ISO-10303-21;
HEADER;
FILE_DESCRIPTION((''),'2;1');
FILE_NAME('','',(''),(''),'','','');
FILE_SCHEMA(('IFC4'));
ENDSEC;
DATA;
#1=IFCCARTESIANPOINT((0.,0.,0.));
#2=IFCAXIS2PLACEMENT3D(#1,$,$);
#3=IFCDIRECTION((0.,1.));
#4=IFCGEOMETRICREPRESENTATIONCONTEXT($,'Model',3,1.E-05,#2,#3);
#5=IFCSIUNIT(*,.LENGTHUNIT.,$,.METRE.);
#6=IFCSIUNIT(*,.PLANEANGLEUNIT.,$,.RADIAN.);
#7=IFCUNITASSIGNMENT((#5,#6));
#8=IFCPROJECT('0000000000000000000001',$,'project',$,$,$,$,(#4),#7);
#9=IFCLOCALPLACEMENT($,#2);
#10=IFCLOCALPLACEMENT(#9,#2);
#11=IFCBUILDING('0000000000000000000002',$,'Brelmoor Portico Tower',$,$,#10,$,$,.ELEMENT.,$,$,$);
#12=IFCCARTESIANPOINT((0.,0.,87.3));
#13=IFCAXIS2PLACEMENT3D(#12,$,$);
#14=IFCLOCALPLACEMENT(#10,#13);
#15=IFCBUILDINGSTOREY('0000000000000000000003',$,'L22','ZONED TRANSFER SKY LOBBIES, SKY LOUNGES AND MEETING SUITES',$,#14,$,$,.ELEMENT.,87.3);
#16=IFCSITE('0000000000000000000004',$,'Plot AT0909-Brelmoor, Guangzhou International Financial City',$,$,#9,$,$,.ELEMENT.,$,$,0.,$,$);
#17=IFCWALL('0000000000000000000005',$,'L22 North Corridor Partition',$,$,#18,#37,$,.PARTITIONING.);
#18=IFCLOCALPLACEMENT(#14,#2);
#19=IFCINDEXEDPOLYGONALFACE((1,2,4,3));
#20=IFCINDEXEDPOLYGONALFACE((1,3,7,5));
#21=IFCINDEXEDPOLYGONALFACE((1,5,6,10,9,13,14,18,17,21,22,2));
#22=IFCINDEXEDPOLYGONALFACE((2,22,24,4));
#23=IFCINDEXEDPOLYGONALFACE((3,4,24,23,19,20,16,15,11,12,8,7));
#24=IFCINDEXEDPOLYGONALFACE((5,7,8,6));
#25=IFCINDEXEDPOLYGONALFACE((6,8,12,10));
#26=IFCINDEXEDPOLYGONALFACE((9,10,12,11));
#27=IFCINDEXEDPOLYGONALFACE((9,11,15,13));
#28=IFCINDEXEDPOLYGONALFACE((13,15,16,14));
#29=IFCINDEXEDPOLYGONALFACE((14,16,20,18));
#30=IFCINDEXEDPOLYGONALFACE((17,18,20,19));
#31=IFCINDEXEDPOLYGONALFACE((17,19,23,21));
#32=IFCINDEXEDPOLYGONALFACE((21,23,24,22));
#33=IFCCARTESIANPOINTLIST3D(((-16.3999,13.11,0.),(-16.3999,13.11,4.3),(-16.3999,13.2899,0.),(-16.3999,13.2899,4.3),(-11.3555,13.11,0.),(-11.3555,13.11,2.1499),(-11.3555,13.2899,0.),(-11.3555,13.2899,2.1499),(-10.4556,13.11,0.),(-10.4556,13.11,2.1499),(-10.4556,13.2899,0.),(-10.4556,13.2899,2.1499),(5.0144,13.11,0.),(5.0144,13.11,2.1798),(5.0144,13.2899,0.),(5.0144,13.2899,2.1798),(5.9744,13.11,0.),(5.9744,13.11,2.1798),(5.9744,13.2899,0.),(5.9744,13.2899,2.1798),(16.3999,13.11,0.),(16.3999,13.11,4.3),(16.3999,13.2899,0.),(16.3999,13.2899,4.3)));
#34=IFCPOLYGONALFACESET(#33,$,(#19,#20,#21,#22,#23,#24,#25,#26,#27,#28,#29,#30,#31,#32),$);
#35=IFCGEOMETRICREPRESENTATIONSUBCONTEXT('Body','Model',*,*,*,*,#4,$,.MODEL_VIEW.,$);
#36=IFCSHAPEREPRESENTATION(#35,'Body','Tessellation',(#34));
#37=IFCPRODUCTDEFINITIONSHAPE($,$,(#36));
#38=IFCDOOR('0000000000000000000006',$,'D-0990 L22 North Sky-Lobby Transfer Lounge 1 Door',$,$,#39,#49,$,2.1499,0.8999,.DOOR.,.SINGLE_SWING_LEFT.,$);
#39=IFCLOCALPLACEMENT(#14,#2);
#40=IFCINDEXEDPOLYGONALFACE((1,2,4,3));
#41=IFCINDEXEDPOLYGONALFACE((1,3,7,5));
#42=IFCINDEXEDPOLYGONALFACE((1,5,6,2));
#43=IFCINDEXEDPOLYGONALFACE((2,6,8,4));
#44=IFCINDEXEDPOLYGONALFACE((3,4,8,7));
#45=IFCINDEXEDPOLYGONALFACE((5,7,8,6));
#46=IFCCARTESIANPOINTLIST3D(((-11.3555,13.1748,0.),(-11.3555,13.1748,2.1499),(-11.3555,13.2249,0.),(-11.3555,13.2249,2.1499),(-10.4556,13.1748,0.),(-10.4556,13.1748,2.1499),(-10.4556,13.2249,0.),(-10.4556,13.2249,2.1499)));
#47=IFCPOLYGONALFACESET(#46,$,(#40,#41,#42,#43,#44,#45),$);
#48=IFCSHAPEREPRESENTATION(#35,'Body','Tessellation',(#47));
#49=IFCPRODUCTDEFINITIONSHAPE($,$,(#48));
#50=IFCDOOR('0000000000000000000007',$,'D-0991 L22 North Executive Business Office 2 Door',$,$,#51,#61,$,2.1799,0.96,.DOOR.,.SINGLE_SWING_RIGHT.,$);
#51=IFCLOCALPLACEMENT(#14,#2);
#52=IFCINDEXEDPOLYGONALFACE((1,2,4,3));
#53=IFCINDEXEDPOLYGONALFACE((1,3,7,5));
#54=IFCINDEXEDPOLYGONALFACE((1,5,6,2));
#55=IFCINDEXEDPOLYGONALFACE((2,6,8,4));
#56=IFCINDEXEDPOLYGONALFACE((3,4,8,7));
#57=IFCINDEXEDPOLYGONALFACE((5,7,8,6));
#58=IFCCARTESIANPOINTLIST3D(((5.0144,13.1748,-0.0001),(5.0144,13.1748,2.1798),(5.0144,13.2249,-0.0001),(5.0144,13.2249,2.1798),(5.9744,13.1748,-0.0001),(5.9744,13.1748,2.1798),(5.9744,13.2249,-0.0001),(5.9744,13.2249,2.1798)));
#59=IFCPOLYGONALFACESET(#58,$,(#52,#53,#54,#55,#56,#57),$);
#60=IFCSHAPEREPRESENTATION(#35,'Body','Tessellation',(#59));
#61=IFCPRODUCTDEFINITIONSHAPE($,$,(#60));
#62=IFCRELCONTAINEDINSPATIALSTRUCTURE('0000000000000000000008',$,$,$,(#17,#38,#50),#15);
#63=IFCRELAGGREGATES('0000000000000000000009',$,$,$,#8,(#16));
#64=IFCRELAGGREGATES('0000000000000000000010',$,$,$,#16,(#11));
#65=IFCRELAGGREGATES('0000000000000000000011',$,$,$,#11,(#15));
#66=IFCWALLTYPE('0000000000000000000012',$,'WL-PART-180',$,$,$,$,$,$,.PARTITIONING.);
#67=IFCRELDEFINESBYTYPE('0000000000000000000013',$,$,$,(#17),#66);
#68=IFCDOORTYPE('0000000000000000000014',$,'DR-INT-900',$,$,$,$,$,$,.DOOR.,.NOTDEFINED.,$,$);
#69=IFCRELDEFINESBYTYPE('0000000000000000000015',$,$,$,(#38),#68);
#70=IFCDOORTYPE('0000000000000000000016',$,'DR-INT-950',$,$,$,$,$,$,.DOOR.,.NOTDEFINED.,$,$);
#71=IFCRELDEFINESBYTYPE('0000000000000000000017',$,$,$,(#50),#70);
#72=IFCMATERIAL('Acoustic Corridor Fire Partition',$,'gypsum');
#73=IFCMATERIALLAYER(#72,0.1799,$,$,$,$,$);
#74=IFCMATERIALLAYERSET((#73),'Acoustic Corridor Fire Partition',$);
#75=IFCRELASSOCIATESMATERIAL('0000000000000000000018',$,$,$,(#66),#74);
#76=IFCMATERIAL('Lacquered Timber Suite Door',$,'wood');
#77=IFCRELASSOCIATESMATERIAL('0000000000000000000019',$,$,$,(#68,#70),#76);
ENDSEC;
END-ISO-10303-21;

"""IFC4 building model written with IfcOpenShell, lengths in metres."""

from ifc_helpers import new_model, si_unit, direction, frame, frame_2d, origin, place, context, subcontext, project, spatial, rectangle, extrude, material, layer, layer_set, type_object, element, fill, save


model = new_model("IFC4")

# Units and contexts
model_context = context("Model", 3, precision=1e-05, world=origin(), true_north=direction((0.0, 1.0)))
body_context = subcontext(model_context, "Body", "Model", "MODEL_VIEW")
ifc_project = project(units=[si_unit("LENGTHUNIT", "METRE"), si_unit("PLANEANGLEUNIT", "RADIAN")], contexts=[model_context])

# Site, building, storey
site_placement = place(None, origin())
site = spatial("IfcSite", under=ifc_project, at=site_placement, Name="Plot AT0909-Brelmoor, Guangzhou International Financial City", CompositionType="ELEMENT", RefElevation=0.0)
building_placement = place(site_placement, origin())
building = spatial("IfcBuilding", under=site, at=building_placement, Name="Brelmoor Portico Tower", CompositionType="ELEMENT")
storey_placement = place(building_placement, frame((0.0, 0.0, 87.3)))
storey = spatial("IfcBuildingStorey", under=building, at=storey_placement, Name="L22", Description="ZONED TRANSFER SKY LOBBIES, SKY LOUNGES AND MEETING SUITES", CompositionType="ELEMENT", Elevation=87.3)

# Wall, openings, doors
ifc_material_1 = material(Name="Acoustic Corridor Fire Partition", Category="gypsum")
ifc_layer_1 = layer(ifc_material_1, 0.1799)
ifc_layer_set_1 = layer_set([ifc_layer_1], Name="Acoustic Corridor Fire Partition")
wall_type = type_object("IfcWallType", Name="WL-PART-180", PredefinedType="PARTITIONING", material=ifc_layer_set_1)
wall_placement = place(storey_placement, frame((-16.3999, 13.2, 0.0), z_axis=(0.0, 0.0, 1.0), x_axis=(1.0, 0.0, 0.0)))
wall = element("IfcWall", 1, at=wall_placement, inside=storey, type_object=wall_type, Name="L22 North Corridor Partition", PredefinedType="PARTITIONING", context=body_context, shape_type="SweptSolid", body=[
    extrude(rectangle(XDim=32.7998, YDim=0.1799, at=frame_2d((16.3999, 0.0))), origin(), (0.0, 0.0, 1.0), 4.3),
])
opening_1_placement = place(wall_placement, frame((5.0444, 0.0, 0.0)))
opening_1 = element("IfcOpeningElement", 2, at=opening_1_placement, cuts=wall, PredefinedType="OPENING", context=body_context, shape_type="SweptSolid", body=[
    extrude(rectangle(XDim=0.8999, YDim=2.1499, at=frame_2d((0.45, 1.075))), frame((0.0, 0.0999, 0.0), z_axis=(0.0, -1.0, 0.0), x_axis=(1.0, 0.0, 0.0)), (0.0, 0.0, 1.0), 0.2),
])
opening_2_placement = place(wall_placement, frame((21.4143, 0.0, 0.0)))
opening_2 = element("IfcOpeningElement", 3, at=opening_2_placement, cuts=wall, PredefinedType="OPENING", context=body_context, shape_type="SweptSolid", body=[
    extrude(rectangle(XDim=0.96, YDim=2.1799, at=frame_2d((0.48, 1.0898))), frame((0.0, 0.0999, 0.0), z_axis=(0.0, -1.0, 0.0), x_axis=(1.0, 0.0, 0.0)), (0.0, 0.0, 1.0), 0.2),
])
ifc_material_2 = material(Name="Lacquered Timber Suite Door", Category="wood")
door_type_1 = type_object("IfcDoorType", Name="DR-INT-900", OperationType="NOTDEFINED", PredefinedType="DOOR", material=ifc_material_2)
door_1_placement = place(opening_1_placement, origin())
door_1 = element("IfcDoor", 4, at=door_1_placement, inside=storey, type_object=door_type_1, Name="D-0990 L22 North Sky-Lobby Transfer Lounge 1 Door", OperationType="SINGLE_SWING_LEFT", OverallHeight=2.1499, OverallWidth=0.8999, PredefinedType="DOOR", context=body_context, shape_type="SweptSolid", body=[
    extrude(rectangle(XDim=0.8999, YDim=2.1499, at=frame_2d((0.45, 1.075))), frame((0.0, 0.0249, 0.0), z_axis=(0.0, -1.0, 0.0), x_axis=(1.0, 0.0, 0.0)), (0.0, 0.0, 1.0), 0.05),
])
fill(opening_1, door_1)
door_type_2 = type_object("IfcDoorType", Name="DR-INT-950", OperationType="NOTDEFINED", PredefinedType="DOOR", material=ifc_material_2)
door_2_placement = place(opening_2_placement, origin())
door_2 = element("IfcDoor", 5, at=door_2_placement, inside=storey, type_object=door_type_2, Name="D-0991 L22 North Executive Business Office 2 Door", OperationType="SINGLE_SWING_RIGHT", OverallHeight=2.1799, OverallWidth=0.96, PredefinedType="DOOR", context=body_context, shape_type="SweptSolid", body=[
    extrude(rectangle(XDim=0.96, YDim=2.1799, at=frame_2d((0.48, 1.0898))), frame((0.0, 0.0249, 0.0), z_axis=(0.0, -1.0, 0.0), x_axis=(1.0, 0.0, 0.0)), (0.0, 0.0, 1.0), 0.05),
])
fill(opening_2, door_2)

save(model, "model.ifc")
